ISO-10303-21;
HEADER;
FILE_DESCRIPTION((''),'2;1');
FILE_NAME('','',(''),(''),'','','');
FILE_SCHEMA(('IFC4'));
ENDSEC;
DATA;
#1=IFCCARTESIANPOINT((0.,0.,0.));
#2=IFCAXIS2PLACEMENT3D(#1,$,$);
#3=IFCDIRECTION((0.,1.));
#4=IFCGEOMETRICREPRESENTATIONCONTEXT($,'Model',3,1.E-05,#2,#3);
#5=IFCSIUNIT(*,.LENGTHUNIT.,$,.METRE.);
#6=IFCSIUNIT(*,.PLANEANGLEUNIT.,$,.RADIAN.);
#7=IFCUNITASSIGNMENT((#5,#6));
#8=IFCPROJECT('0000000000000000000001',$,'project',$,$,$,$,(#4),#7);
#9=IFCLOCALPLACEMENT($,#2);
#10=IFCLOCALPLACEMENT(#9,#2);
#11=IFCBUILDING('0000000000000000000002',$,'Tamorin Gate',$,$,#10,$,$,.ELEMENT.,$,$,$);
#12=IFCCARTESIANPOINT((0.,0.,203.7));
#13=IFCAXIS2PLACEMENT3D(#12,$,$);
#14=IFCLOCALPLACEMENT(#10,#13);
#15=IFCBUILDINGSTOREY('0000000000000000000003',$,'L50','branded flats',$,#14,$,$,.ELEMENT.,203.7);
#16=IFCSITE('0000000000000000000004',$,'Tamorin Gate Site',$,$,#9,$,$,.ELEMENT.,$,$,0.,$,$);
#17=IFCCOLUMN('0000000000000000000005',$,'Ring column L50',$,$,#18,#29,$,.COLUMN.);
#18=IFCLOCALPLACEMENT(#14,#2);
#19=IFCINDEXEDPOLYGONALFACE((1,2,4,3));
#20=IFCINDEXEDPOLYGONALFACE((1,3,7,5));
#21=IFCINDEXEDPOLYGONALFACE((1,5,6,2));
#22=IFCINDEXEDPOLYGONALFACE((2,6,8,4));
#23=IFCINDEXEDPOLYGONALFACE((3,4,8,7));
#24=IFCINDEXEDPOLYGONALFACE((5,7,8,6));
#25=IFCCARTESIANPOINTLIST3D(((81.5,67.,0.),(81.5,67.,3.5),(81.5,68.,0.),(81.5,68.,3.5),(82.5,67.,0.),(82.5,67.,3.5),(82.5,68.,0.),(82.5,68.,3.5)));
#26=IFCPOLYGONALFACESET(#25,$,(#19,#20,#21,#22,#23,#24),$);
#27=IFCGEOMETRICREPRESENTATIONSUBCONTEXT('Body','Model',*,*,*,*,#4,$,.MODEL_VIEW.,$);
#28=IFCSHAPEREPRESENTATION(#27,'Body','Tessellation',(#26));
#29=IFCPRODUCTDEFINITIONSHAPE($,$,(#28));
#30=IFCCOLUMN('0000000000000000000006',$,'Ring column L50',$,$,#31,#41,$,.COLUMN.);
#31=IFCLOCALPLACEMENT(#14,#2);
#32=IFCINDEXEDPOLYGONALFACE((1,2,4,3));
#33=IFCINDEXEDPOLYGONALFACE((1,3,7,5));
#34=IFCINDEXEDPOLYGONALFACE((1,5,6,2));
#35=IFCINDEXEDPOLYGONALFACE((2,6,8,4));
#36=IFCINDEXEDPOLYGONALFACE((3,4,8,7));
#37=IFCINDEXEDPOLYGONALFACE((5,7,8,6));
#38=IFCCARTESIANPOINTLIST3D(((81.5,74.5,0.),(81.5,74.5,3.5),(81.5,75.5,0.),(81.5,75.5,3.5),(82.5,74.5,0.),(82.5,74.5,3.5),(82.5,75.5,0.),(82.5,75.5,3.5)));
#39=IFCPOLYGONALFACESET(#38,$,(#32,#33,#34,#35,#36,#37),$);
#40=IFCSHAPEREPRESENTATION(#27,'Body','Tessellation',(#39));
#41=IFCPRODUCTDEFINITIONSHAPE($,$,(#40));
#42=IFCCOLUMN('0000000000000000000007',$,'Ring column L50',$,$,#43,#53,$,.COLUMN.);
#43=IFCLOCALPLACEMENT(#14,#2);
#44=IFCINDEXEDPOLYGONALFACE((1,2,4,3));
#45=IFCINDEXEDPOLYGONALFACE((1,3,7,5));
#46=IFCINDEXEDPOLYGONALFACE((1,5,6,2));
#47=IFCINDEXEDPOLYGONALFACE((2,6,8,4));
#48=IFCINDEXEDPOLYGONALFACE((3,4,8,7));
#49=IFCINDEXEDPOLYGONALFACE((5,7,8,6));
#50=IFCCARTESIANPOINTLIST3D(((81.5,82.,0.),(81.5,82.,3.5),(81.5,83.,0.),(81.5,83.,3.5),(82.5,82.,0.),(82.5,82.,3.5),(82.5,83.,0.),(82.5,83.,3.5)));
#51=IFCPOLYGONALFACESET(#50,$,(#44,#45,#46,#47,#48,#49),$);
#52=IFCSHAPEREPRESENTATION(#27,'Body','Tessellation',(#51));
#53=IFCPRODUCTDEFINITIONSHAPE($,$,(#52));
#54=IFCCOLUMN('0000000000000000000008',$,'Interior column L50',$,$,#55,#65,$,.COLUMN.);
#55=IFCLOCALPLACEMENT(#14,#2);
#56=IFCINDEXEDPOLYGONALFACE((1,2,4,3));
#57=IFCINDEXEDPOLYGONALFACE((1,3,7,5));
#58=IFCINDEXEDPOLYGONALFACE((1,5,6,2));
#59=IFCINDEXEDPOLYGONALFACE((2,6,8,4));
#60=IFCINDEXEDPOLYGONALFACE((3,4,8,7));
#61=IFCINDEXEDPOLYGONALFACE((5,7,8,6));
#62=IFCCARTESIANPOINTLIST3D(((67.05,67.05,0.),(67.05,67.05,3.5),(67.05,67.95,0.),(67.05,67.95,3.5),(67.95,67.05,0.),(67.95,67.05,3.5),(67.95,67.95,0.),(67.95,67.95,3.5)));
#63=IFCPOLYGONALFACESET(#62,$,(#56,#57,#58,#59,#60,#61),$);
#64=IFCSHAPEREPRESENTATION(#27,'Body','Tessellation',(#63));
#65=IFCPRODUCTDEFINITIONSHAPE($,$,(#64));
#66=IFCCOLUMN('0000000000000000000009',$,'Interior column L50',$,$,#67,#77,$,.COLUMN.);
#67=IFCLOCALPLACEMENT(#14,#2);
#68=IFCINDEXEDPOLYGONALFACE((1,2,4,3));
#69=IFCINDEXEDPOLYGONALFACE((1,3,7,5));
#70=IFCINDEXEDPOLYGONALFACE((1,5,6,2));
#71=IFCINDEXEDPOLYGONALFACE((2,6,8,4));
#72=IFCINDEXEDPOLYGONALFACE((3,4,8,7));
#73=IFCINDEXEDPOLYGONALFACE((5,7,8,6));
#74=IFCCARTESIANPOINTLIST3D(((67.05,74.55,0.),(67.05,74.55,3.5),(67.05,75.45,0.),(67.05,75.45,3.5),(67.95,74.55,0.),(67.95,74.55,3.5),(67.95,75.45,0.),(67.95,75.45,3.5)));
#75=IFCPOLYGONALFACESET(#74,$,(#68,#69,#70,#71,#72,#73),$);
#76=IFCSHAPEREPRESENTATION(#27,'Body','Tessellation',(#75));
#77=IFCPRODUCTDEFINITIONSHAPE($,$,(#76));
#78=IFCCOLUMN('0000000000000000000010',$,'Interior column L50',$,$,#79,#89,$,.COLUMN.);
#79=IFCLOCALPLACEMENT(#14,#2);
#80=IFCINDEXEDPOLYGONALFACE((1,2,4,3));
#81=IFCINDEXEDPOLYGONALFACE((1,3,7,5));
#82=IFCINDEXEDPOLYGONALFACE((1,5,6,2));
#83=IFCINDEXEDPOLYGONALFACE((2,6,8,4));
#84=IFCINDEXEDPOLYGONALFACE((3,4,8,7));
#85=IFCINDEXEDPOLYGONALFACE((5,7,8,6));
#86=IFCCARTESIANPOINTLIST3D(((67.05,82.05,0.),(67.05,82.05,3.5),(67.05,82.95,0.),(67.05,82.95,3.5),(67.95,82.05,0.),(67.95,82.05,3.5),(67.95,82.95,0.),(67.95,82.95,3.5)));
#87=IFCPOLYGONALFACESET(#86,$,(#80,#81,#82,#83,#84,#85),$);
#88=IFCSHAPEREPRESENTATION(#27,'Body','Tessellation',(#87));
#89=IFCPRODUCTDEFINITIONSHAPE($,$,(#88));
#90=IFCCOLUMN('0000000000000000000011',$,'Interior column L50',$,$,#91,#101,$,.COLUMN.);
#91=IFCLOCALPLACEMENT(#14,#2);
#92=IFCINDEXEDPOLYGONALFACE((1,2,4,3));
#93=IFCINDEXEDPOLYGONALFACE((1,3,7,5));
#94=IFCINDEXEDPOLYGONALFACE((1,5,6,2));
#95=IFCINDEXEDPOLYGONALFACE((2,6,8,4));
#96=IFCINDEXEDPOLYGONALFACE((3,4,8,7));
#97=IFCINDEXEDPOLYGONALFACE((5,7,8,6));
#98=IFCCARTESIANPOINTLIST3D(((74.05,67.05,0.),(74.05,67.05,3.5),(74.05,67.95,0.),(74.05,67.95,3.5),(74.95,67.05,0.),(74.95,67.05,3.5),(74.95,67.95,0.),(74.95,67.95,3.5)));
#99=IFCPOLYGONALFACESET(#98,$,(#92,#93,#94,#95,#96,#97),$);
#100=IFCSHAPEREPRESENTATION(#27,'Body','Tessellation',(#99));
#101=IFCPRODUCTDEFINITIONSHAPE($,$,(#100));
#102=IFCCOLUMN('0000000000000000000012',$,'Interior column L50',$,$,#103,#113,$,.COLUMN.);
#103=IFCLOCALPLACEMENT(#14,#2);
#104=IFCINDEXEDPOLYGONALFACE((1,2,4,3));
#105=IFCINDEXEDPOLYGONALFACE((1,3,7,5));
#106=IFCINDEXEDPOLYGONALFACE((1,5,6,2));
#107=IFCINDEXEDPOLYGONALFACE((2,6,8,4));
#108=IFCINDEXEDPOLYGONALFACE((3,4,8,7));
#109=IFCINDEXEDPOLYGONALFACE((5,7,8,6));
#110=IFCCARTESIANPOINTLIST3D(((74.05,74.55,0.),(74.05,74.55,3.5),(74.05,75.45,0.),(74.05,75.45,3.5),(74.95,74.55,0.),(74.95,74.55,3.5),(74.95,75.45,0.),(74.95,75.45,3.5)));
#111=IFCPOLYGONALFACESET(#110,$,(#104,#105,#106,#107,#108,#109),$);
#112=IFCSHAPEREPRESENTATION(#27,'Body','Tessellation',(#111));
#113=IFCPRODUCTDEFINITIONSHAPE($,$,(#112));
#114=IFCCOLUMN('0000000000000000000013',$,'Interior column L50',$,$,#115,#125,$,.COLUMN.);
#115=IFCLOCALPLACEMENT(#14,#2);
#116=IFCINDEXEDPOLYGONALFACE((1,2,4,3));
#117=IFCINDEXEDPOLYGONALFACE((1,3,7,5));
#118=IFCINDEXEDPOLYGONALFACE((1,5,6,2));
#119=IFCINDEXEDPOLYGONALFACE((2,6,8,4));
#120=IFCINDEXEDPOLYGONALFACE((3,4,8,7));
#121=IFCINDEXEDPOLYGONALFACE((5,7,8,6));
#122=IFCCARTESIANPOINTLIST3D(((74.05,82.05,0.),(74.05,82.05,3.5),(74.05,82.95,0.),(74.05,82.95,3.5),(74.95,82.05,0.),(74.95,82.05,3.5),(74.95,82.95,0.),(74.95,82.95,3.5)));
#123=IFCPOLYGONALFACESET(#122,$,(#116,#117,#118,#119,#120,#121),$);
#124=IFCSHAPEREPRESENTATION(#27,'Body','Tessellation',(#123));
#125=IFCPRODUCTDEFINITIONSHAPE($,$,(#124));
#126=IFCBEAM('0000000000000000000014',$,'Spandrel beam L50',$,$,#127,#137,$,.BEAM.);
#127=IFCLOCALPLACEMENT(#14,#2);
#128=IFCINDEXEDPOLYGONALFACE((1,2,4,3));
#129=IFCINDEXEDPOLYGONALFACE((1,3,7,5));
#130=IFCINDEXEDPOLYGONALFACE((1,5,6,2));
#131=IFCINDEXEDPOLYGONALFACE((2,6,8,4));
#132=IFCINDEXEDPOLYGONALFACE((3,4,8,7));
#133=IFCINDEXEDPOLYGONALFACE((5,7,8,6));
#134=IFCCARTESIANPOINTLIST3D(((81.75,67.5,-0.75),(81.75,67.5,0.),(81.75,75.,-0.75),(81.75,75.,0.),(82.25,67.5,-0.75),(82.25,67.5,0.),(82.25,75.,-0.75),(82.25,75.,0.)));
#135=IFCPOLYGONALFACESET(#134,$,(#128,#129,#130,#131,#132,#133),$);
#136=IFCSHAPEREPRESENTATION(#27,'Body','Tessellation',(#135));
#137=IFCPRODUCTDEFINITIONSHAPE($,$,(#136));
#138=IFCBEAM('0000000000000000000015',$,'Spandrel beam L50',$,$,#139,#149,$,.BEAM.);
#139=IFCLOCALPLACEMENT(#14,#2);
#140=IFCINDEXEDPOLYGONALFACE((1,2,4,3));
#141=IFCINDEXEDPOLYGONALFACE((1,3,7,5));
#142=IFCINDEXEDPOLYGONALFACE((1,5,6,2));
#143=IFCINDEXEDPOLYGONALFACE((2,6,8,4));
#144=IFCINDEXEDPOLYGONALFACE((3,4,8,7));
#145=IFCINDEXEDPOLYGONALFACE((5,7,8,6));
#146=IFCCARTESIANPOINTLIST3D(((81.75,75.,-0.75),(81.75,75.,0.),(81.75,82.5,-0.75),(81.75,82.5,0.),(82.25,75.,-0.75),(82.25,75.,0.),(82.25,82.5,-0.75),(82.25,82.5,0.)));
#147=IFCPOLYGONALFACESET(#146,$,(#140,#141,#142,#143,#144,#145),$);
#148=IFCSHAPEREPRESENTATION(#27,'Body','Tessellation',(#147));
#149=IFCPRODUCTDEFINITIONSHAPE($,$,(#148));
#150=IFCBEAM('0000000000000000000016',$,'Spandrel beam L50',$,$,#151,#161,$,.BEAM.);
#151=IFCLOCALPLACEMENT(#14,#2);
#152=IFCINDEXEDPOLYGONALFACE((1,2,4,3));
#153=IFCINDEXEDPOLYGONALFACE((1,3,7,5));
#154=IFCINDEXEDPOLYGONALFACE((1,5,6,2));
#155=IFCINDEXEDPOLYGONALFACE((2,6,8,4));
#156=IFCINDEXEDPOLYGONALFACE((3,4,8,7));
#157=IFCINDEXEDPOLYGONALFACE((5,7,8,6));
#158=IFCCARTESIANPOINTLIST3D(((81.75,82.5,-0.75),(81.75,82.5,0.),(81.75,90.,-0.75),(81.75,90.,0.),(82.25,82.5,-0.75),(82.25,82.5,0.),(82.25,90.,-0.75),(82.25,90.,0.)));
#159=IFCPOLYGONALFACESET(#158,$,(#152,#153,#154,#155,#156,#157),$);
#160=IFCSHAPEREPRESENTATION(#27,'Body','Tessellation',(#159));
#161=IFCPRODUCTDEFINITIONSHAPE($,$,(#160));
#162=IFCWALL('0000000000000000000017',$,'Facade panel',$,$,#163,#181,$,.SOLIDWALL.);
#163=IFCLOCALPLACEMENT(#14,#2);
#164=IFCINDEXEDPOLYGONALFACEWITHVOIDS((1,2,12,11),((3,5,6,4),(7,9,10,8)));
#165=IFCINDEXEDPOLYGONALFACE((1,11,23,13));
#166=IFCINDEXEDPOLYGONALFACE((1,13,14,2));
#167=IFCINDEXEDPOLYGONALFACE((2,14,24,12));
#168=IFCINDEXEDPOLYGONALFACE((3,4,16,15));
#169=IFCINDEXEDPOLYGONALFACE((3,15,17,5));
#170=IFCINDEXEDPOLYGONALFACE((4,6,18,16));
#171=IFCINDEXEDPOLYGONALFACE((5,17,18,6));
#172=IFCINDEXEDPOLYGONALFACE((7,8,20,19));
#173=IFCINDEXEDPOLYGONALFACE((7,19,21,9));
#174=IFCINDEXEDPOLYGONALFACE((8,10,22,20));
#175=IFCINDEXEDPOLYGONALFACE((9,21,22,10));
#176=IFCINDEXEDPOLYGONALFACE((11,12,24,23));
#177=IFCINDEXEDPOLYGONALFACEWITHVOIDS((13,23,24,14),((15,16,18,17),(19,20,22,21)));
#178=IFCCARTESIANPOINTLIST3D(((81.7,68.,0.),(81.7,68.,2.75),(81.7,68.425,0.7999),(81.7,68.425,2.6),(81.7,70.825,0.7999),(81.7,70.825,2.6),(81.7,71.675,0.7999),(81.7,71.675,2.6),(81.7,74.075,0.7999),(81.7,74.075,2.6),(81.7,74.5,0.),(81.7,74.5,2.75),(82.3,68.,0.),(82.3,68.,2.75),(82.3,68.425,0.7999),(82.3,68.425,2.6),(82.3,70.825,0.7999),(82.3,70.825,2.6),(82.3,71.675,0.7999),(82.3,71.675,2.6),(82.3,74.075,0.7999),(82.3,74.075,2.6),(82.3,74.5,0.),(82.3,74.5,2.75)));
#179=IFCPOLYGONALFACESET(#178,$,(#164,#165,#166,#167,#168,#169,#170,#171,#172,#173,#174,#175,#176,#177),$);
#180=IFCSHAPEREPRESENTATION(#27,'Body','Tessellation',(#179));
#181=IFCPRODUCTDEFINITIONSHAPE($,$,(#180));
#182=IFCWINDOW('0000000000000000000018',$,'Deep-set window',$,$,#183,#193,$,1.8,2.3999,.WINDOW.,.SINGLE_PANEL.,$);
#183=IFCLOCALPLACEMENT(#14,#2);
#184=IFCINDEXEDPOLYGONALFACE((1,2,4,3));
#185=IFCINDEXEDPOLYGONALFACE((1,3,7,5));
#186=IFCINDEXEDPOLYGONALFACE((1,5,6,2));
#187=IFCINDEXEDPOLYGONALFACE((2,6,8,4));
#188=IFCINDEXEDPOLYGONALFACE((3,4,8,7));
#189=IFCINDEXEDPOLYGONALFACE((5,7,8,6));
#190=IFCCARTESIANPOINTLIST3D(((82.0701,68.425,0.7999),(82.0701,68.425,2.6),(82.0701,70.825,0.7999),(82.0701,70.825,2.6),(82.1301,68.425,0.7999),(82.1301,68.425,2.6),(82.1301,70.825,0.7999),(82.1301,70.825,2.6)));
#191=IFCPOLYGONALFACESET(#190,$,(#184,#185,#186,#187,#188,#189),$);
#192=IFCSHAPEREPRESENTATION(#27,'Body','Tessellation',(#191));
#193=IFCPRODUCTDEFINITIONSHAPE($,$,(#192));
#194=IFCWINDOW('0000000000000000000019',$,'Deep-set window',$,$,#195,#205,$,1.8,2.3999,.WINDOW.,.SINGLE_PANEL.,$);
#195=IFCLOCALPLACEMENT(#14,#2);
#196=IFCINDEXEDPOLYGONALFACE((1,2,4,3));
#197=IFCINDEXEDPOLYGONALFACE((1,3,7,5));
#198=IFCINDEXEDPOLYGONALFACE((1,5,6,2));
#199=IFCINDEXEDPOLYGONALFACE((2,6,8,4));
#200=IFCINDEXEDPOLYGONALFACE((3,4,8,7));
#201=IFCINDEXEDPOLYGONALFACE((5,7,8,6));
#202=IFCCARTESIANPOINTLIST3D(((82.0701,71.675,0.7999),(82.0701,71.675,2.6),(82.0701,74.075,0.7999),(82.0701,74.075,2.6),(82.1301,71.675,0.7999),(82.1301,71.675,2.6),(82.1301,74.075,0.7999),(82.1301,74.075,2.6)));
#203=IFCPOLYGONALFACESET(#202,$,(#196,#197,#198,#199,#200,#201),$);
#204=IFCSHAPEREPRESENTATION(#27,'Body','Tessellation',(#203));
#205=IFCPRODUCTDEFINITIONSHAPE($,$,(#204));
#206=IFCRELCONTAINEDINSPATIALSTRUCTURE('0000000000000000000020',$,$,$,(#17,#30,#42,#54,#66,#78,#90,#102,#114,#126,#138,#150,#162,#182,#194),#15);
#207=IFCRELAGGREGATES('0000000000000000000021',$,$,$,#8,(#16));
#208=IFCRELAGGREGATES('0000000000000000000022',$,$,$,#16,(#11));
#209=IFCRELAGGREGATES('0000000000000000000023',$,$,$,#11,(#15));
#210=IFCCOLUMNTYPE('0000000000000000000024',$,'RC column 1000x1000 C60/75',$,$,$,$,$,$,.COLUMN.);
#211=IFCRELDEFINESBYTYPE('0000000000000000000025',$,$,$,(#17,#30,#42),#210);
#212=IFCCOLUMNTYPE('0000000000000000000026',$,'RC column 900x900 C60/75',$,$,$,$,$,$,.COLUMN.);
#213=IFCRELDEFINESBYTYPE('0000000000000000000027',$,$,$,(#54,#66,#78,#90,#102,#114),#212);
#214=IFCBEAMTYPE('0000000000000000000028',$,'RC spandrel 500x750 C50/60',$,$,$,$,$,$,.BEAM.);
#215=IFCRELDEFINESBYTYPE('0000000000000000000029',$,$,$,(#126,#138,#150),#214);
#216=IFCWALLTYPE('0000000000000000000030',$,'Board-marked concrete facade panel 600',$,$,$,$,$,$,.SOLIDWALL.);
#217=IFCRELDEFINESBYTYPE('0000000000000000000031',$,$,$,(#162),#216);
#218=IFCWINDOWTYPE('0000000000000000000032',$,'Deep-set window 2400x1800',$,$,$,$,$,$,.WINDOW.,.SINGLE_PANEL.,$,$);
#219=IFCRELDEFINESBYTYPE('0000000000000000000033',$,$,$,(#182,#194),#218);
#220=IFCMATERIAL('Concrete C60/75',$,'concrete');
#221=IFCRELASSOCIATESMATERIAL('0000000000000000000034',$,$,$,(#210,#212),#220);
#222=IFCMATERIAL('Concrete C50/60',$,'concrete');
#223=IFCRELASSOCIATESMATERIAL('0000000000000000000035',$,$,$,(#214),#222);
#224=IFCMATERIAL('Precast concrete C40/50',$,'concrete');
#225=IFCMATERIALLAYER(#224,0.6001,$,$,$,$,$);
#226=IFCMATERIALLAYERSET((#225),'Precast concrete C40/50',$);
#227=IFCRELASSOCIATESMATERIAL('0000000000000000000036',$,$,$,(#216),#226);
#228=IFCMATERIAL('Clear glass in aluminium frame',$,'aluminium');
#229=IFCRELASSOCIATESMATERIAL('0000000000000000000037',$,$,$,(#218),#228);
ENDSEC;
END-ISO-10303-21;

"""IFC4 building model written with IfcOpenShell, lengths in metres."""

from ifc_helpers import new_model, si_unit, direction, frame, frame_2d, origin, origin_2d, place, context, subcontext, project, spatial, rectangle, extrude, material, layer, layer_set, material_profile, profile_set, type_object, element, fill, save


model = new_model("IFC4")

# Units and contexts
model_context = context("Model", 3, precision=1e-05, world=origin(), true_north=direction((0.0, 1.0)))
body_context = subcontext(model_context, "Body", "Model", "MODEL_VIEW")
ifc_project = project(units=[si_unit("LENGTHUNIT", "METRE"), si_unit("PLANEANGLEUNIT", "RADIAN")], contexts=[model_context])

# Site, building, storey
site_placement = place(None, origin())
site = spatial("IfcSite", under=ifc_project, at=site_placement, Name="Tamorin Gate Site", CompositionType="ELEMENT", RefElevation=0.0)
building_placement = place(site_placement, origin())
building = spatial("IfcBuilding", under=site, at=building_placement, Name="Tamorin Gate", CompositionType="ELEMENT")
storey_placement = place(building_placement, frame((0.0, 0.0, 203.7)))
storey = spatial("IfcBuildingStorey", under=building, at=storey_placement, Name="L50", Description="branded flats", CompositionType="ELEMENT", Elevation=203.7)

# Columns
ifc_material_1 = material(Name="Concrete C60/75", Category="concrete")
ifc_material_profile_1 = material_profile(ifc_material_1, rectangle(XDim=1.0, YDim=1.0, at=origin_2d()), Name="RC 1000x1000")
ifc_profile_set_1 = profile_set([ifc_material_profile_1], Name="Concrete C60/75")
column_type_1 = type_object("IfcColumnType", Name="RC column 1000x1000 C60/75", PredefinedType="COLUMN", material=ifc_profile_set_1)
for number, where, z_axis, x_axis, name in (
    (1, (82.0, 67.5, 0.0), (0.0, 0.0, 1.0), (1.0, 0.0, 0.0), "Ring column L50"),
    (2, (82.0, 75.0, 0.0), (0.0, 0.0, 1.0), (1.0, 0.0, 0.0), "Ring column L50"),
    (3, (82.0, 82.5, 0.0), (0.0, 0.0, 1.0), (1.0, 0.0, 0.0), "Ring column L50"),
):
    element("IfcColumn", number, at=place(storey_placement, frame(where, z_axis=z_axis, x_axis=x_axis)), inside=storey, type_object=column_type_1, Name=name, PredefinedType="COLUMN", context=body_context, shape_type="SweptSolid", body=[
        extrude(rectangle(XDim=1.0, YDim=1.0, at=origin_2d()), origin(), (0.0, 0.0, 1.0), 3.5),
    ])
ifc_material_profile_2 = material_profile(ifc_material_1, rectangle(XDim=0.8999, YDim=0.8999, at=origin_2d()), Name="RC 900x900")
ifc_profile_set_2 = profile_set([ifc_material_profile_2], Name="Concrete C60/75")
column_type_2 = type_object("IfcColumnType", Name="RC column 900x900 C60/75", PredefinedType="COLUMN", material=ifc_profile_set_2)
for number, where, z_axis, x_axis, name in (
    (4, (67.5, 67.5, 0.0), (0.0, 0.0, 1.0), (1.0, 0.0, 0.0), "Interior column L50"),
    (5, (67.5, 75.0, 0.0), (0.0, 0.0, 1.0), (1.0, 0.0, 0.0), "Interior column L50"),
    (6, (67.5, 82.5, 0.0), (0.0, 0.0, 1.0), (1.0, 0.0, 0.0), "Interior column L50"),
    (7, (74.5, 67.5, 0.0), (0.0, 0.0, 1.0), (1.0, 0.0, 0.0), "Interior column L50"),
    (8, (74.5, 75.0, 0.0), (0.0, 0.0, 1.0), (1.0, 0.0, 0.0), "Interior column L50"),
    (9, (74.5, 82.5, 0.0), (0.0, 0.0, 1.0), (1.0, 0.0, 0.0), "Interior column L50"),
):
    element("IfcColumn", number, at=place(storey_placement, frame(where, z_axis=z_axis, x_axis=x_axis)), inside=storey, type_object=column_type_2, Name=name, PredefinedType="COLUMN", context=body_context, shape_type="SweptSolid", body=[
        extrude(rectangle(XDim=0.8999, YDim=0.8999, at=origin_2d()), origin(), (0.0, 0.0, 1.0), 3.5),
    ])

# Beams
ifc_material_2 = material(Name="Concrete C50/60", Category="concrete")
ifc_material_profile_3 = material_profile(ifc_material_2, rectangle(XDim=0.5, YDim=0.75, at=origin_2d()), Name="RC 500x750")
ifc_profile_set_3 = profile_set([ifc_material_profile_3], Name="Concrete C50/60")
beam_type = type_object("IfcBeamType", Name="RC spandrel 500x750 C50/60", PredefinedType="BEAM", material=ifc_profile_set_3)
for number, where, z_axis, x_axis, name in (
    (10, (82.0, 67.5, -0.375), (0.0, 1.0, 0.0), (-1.0, 0.0, 0.0), "Spandrel beam L50"),
    (11, (82.0, 75.0, -0.375), (0.0, 1.0, 0.0), (-1.0, 0.0, 0.0), "Spandrel beam L50"),
    (12, (82.0, 82.5, -0.375), (0.0, 1.0, 0.0), (-1.0, 0.0, 0.0), "Spandrel beam L50"),
):
    element("IfcBeam", number, at=place(storey_placement, frame(where, z_axis=z_axis, x_axis=x_axis)), inside=storey, type_object=beam_type, Name=name, PredefinedType="BEAM", context=body_context, shape_type="SweptSolid", body=[
        extrude(rectangle(XDim=0.5, YDim=0.75, at=origin_2d()), origin(), (0.0, 0.0, 1.0), 7.5),
    ])

# Wall, openings, windows
ifc_material_3 = material(Name="Precast concrete C40/50", Category="concrete")
ifc_layer_1 = layer(ifc_material_3, 0.6001)
ifc_layer_set_1 = layer_set([ifc_layer_1], Name="Precast concrete C40/50")
wall_type_1 = type_object("IfcWallType", Name="Board-marked concrete facade panel 600", PredefinedType="SOLIDWALL", material=ifc_layer_set_1)
wall_1_placement = place(storey_placement, frame((82.0, 68.0, 0.0), z_axis=(0.0, 0.0, 1.0), x_axis=(0.0, 1.0, 0.0)))
wall_1 = element("IfcWall", 13, at=wall_1_placement, inside=storey, type_object=wall_type_1, Name="Facade panel", PredefinedType="SOLIDWALL", context=body_context, shape_type="SweptSolid", body=[
    extrude(rectangle(XDim=6.5, YDim=0.6001, at=frame_2d((3.25, 0.0))), origin(), (0.0, 0.0, 1.0), 2.75),
])
opening_1_placement = place(wall_1_placement, frame((0.425, 0.0, 0.8)))
opening_1 = element("IfcOpeningElement", 14, at=opening_1_placement, cuts=wall_1, PredefinedType="OPENING", context=body_context, shape_type="SweptSolid", body=[
    extrude(rectangle(XDim=2.3999, YDim=1.8, at=frame_2d((1.2, 0.8999))), frame((0.0, 0.3101, 0.0), z_axis=(0.0, -1.0, 0.0), x_axis=(1.0, 0.0, 0.0)), (0.0, 0.0, 1.0), 0.6201),
])
opening_2_placement = place(wall_1_placement, frame((3.675, 0.0, 0.8)))
opening_2 = element("IfcOpeningElement", 15, at=opening_2_placement, cuts=wall_1, PredefinedType="OPENING", context=body_context, shape_type="SweptSolid", body=[
    extrude(rectangle(XDim=2.3999, YDim=1.8, at=frame_2d((1.2, 0.8999))), frame((0.0, 0.3101, 0.0), z_axis=(0.0, -1.0, 0.0), x_axis=(1.0, 0.0, 0.0)), (0.0, 0.0, 1.0), 0.6201),
])
ifc_material_4 = material(Name="Clear glass in aluminium frame", Category="aluminium")
window_type = type_object("IfcWindowType", Name="Deep-set window 2400x1800", PartitioningType="SINGLE_PANEL", PredefinedType="WINDOW", material=ifc_material_4)
window_1_placement = place(opening_1_placement, origin())
window_1 = element("IfcWindow", 16, at=window_1_placement, inside=storey, type_object=window_type, Name="Deep-set window", OverallHeight=1.8, OverallWidth=2.3999, PartitioningType="SINGLE_PANEL", PredefinedType="WINDOW", context=body_context, shape_type="SweptSolid", body=[
    extrude(rectangle(XDim=2.3999, YDim=1.8, at=frame_2d((1.2, 0.8999))), frame((0.0, -0.0701, 0.0), z_axis=(0.0, -1.0, 0.0), x_axis=(1.0, 0.0, 0.0)), (0.0, 0.0, 1.0), 0.0601),
])
fill(opening_1, window_1)
window_2_placement = place(opening_2_placement, origin())
window_2 = element("IfcWindow", 17, at=window_2_placement, inside=storey, type_object=window_type, Name="Deep-set window", OverallHeight=1.8, OverallWidth=2.3999, PartitioningType="SINGLE_PANEL", PredefinedType="WINDOW", context=body_context, shape_type="SweptSolid", body=[
    extrude(rectangle(XDim=2.3999, YDim=1.8, at=frame_2d((1.2, 0.8999))), frame((0.0, -0.0701, 0.0), z_axis=(0.0, -1.0, 0.0), x_axis=(1.0, 0.0, 0.0)), (0.0, 0.0, 1.0), 0.0601),
])
fill(opening_2, window_2)

save(model, "model.ifc")
